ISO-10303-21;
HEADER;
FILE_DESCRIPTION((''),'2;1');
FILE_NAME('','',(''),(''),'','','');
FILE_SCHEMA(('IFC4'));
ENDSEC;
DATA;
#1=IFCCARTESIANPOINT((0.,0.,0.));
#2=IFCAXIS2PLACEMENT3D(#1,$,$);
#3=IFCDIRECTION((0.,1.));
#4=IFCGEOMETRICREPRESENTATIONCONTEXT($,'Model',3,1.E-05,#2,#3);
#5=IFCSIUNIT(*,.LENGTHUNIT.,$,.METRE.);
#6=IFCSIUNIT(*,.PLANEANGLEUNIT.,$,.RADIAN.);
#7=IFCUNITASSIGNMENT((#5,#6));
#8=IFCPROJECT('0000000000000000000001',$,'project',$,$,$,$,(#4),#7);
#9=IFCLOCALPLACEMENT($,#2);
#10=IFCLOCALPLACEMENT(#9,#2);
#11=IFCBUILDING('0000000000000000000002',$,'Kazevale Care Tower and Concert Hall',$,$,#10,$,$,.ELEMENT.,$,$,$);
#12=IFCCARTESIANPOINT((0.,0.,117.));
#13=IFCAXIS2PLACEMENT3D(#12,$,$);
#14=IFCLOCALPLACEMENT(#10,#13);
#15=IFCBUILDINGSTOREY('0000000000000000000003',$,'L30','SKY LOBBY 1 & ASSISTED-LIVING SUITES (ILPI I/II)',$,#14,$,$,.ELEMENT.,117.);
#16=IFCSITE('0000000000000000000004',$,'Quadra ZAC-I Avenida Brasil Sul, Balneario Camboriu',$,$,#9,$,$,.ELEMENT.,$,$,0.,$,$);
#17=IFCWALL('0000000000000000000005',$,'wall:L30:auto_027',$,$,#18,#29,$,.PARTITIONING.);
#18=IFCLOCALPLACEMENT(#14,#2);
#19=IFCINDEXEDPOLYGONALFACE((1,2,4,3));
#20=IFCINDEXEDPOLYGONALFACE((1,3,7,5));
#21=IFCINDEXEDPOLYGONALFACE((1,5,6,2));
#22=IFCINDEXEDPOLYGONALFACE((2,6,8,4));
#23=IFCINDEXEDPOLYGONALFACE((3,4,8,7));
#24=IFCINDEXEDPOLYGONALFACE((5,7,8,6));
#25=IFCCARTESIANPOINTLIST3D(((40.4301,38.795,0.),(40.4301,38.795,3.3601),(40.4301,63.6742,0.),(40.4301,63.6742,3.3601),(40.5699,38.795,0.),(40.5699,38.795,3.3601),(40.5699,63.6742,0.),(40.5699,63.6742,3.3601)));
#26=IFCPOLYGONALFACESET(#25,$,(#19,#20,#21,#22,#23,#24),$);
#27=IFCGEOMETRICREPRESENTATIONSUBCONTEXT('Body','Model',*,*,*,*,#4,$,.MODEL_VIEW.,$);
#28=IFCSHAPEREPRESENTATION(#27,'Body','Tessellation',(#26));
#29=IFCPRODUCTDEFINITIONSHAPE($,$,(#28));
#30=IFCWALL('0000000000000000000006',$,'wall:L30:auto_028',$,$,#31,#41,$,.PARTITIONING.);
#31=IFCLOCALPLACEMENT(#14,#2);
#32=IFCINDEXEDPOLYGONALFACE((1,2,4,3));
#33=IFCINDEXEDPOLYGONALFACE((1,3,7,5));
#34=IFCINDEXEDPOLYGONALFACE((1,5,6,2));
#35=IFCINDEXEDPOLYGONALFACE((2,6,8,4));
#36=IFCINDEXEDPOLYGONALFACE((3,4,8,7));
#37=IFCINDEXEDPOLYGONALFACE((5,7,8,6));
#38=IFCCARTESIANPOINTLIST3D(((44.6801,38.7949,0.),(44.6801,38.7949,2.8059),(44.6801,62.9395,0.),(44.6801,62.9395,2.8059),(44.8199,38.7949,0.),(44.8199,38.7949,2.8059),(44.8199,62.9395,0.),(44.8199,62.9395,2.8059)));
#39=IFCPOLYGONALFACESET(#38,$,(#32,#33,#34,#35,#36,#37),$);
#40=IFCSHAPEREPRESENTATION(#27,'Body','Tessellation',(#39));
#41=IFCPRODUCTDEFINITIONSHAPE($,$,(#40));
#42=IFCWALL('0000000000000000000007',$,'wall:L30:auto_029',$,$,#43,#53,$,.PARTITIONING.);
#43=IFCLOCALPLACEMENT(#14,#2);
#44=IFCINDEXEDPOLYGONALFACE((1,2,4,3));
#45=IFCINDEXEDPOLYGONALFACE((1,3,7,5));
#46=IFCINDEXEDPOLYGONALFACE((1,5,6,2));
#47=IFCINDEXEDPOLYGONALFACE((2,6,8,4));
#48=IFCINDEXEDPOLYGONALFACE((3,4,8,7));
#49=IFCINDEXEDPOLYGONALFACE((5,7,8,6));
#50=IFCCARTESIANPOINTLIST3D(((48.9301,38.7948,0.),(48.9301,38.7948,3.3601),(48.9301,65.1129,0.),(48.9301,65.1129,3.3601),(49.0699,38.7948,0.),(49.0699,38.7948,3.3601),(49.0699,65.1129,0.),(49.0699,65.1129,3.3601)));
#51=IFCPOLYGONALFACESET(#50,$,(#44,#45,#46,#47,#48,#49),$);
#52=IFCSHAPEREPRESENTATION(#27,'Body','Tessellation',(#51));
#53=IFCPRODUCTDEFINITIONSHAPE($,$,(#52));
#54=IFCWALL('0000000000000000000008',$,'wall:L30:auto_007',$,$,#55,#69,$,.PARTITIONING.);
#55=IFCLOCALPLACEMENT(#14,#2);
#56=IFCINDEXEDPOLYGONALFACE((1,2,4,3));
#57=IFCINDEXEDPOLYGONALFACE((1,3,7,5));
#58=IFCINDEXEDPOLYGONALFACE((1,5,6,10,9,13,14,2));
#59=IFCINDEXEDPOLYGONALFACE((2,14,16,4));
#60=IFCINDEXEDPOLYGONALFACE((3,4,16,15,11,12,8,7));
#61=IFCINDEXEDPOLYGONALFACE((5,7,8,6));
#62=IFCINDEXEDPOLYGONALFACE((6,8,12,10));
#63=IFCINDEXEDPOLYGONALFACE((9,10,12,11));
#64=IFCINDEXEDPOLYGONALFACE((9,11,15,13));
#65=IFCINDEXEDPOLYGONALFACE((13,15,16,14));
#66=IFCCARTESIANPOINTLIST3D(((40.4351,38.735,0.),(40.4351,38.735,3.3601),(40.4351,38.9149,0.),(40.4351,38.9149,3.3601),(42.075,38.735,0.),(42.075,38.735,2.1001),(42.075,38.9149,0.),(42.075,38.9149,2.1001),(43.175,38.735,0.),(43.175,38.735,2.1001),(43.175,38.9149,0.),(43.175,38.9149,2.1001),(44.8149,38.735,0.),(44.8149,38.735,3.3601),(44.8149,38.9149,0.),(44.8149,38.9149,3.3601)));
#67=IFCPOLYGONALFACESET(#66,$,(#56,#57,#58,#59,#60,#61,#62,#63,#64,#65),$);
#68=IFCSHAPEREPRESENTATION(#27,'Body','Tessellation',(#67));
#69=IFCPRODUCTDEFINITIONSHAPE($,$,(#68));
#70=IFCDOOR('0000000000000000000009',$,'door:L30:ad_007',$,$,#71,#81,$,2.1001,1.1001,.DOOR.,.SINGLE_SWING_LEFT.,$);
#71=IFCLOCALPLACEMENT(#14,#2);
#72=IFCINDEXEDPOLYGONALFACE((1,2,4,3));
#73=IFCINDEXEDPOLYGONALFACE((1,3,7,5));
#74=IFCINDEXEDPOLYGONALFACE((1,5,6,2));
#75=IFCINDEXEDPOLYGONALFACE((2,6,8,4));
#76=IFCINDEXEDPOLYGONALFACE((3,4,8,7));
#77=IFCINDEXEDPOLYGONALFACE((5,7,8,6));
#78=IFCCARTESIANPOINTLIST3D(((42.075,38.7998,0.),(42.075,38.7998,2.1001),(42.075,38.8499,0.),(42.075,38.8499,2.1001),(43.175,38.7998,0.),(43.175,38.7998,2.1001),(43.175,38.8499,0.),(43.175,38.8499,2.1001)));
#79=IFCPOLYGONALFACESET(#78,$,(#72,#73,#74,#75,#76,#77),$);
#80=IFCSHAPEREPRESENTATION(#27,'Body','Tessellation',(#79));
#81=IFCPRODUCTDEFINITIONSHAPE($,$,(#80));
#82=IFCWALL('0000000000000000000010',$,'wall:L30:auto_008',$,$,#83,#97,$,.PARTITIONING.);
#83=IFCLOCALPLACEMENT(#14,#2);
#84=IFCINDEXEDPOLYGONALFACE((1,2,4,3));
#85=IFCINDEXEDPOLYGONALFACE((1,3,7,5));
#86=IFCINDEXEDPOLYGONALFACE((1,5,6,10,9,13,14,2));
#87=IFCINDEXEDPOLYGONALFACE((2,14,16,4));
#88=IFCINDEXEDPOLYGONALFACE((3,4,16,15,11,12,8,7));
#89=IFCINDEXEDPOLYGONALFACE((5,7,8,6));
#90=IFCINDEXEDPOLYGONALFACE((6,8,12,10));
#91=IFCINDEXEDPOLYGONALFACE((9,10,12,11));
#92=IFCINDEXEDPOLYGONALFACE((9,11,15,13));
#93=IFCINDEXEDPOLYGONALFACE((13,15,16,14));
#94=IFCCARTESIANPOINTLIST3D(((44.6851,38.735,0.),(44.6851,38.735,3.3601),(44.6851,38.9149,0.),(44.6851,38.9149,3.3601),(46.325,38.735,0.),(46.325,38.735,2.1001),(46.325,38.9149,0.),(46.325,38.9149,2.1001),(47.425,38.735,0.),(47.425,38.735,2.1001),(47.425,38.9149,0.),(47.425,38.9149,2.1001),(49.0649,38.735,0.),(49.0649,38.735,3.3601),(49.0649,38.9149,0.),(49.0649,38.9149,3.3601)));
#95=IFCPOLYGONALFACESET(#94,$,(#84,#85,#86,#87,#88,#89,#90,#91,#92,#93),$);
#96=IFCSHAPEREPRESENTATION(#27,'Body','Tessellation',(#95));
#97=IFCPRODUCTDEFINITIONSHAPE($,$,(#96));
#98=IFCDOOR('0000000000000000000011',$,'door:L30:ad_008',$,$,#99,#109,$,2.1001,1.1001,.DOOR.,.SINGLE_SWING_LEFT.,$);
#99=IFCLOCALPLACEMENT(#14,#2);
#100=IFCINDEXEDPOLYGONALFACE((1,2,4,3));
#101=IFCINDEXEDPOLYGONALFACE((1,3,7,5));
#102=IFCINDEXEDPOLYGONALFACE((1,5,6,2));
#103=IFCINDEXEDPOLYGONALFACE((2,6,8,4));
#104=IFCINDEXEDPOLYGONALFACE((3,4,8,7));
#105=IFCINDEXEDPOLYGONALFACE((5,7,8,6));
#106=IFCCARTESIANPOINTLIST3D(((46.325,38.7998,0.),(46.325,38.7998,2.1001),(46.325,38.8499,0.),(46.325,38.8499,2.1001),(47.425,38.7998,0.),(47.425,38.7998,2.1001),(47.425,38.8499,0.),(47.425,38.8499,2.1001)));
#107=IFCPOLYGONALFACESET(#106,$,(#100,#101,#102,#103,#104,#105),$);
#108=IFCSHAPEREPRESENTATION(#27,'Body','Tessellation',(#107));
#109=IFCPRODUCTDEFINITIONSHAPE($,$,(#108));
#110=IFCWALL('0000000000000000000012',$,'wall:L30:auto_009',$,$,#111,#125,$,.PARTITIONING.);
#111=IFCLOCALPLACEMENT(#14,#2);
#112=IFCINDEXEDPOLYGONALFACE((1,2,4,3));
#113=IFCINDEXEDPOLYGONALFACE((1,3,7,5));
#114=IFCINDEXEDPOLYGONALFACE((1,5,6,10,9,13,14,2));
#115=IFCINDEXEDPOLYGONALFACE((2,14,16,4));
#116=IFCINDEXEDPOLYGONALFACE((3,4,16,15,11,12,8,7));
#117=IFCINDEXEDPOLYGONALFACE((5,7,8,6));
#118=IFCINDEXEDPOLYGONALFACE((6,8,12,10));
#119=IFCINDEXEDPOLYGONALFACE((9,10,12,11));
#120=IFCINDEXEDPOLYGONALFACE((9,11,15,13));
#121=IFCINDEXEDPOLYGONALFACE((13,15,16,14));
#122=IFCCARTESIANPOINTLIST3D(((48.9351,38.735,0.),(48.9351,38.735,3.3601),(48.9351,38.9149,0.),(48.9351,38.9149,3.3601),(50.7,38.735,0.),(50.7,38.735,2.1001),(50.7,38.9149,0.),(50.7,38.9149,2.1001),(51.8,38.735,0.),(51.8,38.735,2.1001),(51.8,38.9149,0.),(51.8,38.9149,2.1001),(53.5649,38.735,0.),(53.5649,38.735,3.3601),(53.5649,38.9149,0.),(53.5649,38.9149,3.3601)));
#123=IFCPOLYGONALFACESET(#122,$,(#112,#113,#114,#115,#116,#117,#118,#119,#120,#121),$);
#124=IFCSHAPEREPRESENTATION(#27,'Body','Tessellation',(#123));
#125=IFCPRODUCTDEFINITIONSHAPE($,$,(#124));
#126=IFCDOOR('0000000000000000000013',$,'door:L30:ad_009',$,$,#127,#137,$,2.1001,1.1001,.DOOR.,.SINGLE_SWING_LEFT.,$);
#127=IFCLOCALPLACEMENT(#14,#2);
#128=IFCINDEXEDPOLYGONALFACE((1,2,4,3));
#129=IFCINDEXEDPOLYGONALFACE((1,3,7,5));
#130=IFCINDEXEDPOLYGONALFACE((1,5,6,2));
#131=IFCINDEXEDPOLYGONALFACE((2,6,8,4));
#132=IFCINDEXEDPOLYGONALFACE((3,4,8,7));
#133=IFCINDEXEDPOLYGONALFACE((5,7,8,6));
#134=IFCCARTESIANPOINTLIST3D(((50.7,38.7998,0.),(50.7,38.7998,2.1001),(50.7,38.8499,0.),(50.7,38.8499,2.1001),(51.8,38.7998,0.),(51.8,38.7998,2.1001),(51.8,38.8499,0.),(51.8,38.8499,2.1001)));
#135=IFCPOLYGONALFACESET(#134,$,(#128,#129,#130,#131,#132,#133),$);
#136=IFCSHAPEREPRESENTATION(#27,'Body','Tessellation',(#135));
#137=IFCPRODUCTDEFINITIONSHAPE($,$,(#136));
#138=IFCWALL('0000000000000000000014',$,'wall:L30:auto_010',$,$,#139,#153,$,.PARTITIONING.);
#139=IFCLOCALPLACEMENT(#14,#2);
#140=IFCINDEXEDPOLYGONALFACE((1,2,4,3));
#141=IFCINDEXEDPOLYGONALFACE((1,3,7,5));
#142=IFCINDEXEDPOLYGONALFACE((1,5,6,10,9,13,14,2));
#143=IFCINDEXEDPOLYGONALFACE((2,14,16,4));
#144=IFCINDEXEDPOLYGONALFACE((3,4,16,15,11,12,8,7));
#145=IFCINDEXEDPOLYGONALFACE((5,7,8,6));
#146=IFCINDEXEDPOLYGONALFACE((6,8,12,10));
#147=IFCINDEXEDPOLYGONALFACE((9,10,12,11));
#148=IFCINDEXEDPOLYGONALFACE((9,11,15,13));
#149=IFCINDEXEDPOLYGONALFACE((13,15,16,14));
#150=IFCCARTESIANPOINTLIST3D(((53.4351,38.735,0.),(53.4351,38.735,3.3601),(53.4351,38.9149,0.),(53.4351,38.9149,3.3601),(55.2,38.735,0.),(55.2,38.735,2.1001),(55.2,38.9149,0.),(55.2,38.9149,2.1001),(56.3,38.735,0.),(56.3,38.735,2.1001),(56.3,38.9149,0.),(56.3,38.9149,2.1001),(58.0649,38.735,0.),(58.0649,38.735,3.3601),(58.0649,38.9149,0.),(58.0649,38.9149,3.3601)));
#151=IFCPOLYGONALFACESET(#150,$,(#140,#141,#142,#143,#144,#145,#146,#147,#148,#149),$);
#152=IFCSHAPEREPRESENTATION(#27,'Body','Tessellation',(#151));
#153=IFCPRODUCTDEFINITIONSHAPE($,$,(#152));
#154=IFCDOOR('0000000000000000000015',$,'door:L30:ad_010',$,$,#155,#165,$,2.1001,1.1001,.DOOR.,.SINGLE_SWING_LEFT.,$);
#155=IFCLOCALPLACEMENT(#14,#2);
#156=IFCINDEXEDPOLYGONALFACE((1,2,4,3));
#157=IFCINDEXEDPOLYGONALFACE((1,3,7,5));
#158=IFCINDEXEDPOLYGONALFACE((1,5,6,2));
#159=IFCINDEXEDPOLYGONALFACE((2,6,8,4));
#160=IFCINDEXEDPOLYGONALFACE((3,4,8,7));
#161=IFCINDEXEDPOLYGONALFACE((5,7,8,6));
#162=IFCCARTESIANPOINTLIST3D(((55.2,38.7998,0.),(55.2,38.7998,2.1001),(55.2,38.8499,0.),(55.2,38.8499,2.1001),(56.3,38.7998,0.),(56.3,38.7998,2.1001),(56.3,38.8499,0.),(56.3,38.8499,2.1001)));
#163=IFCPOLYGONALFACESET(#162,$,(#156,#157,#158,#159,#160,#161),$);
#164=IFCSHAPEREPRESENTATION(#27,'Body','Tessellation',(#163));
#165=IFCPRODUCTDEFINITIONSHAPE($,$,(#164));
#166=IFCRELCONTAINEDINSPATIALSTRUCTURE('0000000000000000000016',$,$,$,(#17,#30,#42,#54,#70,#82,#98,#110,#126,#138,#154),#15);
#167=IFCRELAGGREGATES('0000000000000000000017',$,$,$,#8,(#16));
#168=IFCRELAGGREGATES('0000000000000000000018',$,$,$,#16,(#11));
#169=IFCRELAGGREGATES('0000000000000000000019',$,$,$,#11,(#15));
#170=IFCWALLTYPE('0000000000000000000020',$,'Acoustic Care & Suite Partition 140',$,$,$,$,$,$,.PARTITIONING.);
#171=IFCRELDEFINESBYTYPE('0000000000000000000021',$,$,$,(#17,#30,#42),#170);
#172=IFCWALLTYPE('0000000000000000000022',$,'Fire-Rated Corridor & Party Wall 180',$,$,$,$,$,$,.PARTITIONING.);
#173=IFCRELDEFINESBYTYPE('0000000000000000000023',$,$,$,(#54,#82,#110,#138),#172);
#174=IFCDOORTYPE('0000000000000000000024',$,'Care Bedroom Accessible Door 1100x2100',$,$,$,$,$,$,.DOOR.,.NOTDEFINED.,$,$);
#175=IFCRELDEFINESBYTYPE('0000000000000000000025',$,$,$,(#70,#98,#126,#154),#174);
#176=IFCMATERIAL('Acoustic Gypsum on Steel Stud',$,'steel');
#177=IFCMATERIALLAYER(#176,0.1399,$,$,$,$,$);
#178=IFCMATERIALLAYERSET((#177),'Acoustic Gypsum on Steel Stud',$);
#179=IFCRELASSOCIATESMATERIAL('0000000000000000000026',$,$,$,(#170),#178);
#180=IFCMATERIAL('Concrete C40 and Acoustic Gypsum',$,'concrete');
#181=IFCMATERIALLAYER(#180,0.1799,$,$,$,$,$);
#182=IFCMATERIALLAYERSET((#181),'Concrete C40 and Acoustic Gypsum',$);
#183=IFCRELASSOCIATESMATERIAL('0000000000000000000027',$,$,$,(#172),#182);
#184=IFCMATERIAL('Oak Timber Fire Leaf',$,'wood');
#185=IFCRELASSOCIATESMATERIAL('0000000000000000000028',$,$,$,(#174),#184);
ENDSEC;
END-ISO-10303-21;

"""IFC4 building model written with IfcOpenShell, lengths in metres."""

from ifc_helpers import new_model, si_unit, direction, frame, frame_2d, origin, place, context, subcontext, project, spatial, rectangle, extrude, material, layer, layer_set, type_object, element, fill, save


model = new_model("IFC4")

# Units and contexts
model_context = context("Model", 3, precision=1e-05, world=origin(), true_north=direction((0.0, 1.0)))
body_context = subcontext(model_context, "Body", "Model", "MODEL_VIEW")
ifc_project = project(units=[si_unit("LENGTHUNIT", "METRE"), si_unit("PLANEANGLEUNIT", "RADIAN")], contexts=[model_context])

# Site, building, storey
site_placement = place(None, origin())
site = spatial("IfcSite", under=ifc_project, at=site_placement, Name="Quadra ZAC-I Avenida Brasil Sul, Balneario Camboriu", CompositionType="ELEMENT", RefElevation=0.0)
building_placement = place(site_placement, origin())
building = spatial("IfcBuilding", under=site, at=building_placement, Name="Kazevale Care Tower and Concert Hall", CompositionType="ELEMENT")
storey_placement = place(building_placement, frame((0.0, 0.0, 117.0)))
storey = spatial("IfcBuildingStorey", under=building, at=storey_placement, Name="L30", Description="SKY LOBBY 1 & ASSISTED-LIVING SUITES (ILPI I/II)", CompositionType="ELEMENT", Elevation=117.0)

# Walls
ifc_material_1 = material(Name="Acoustic Gypsum on Steel Stud", Category="steel")
ifc_layer_1 = layer(ifc_material_1, 0.1399)
ifc_layer_set_1 = layer_set([ifc_layer_1], Name="Acoustic Gypsum on Steel Stud")
wall_type_1 = type_object("IfcWallType", Name="Acoustic Care & Suite Partition 140", PredefinedType="PARTITIONING", material=ifc_layer_set_1)
wall_1_placement = place(storey_placement, frame((40.5, 63.6741, 0.0), z_axis=(0.0, 0.0, 1.0), x_axis=(0.0, -1.0, 0.0)))
element("IfcWall", 1, at=wall_1_placement, inside=storey, type_object=wall_type_1, Name="wall:L30:auto_027", PredefinedType="PARTITIONING", context=body_context, shape_type="SweptSolid", body=[
    extrude(rectangle(XDim=24.8792, YDim=0.1399, at=frame_2d((12.4395, 0.0))), origin(), (0.0, 0.0, 1.0), 3.3601),
])
wall_2_placement = place(storey_placement, frame((44.75, 62.9395, 0.0), z_axis=(0.0, 0.0, 1.0), x_axis=(0.0, -1.0, 0.0)))
element("IfcWall", 2, at=wall_2_placement, inside=storey, type_object=wall_type_1, Name="wall:L30:auto_028", PredefinedType="PARTITIONING", context=body_context, shape_type="SweptSolid", body=[
    extrude(rectangle(XDim=24.1445, YDim=0.1399, at=frame_2d((12.0723, 0.0))), origin(), (0.0, 0.0, 1.0), 2.8059),
])
wall_3_placement = place(storey_placement, frame((49.0, 65.113, 0.0), z_axis=(0.0, 0.0, 1.0), x_axis=(0.0, -1.0, 0.0)))
element("IfcWall", 3, at=wall_3_placement, inside=storey, type_object=wall_type_1, Name="wall:L30:auto_029", PredefinedType="PARTITIONING", context=body_context, shape_type="SweptSolid", body=[
    extrude(rectangle(XDim=26.3181, YDim=0.1399, at=frame_2d((13.1592, 0.0))), origin(), (0.0, 0.0, 1.0), 3.3601),
])

# Walls, openings, doors
ifc_material_2 = material(Name="Concrete C40 and Acoustic Gypsum", Category="concrete")
ifc_layer_2 = layer(ifc_material_2, 0.1799)
ifc_layer_set_2 = layer_set([ifc_layer_2], Name="Concrete C40 and Acoustic Gypsum")
wall_type_2 = type_object("IfcWallType", Name="Fire-Rated Corridor & Party Wall 180", PredefinedType="PARTITIONING", material=ifc_layer_set_2)
wall_4_placement = place(storey_placement, frame((40.4351, 38.825, 0.0), z_axis=(0.0, 0.0, 1.0), x_axis=(1.0, 0.0, 0.0)))
wall_4 = element("IfcWall", 4, at=wall_4_placement, inside=storey, type_object=wall_type_2, Name="wall:L30:auto_007", PredefinedType="PARTITIONING", context=body_context, shape_type="SweptSolid", body=[
    extrude(rectangle(XDim=4.3799, YDim=0.1799, at=frame_2d((2.1899, 0.0))), origin(), (0.0, 0.0, 1.0), 3.3601),
])
opening_1_placement = place(wall_4_placement, frame((1.6399, 0.0, 0.0)))
opening_1 = element("IfcOpeningElement", 5, at=opening_1_placement, cuts=wall_4, PredefinedType="OPENING", context=body_context, shape_type="SweptSolid", body=[
    extrude(rectangle(XDim=1.1001, YDim=2.1001, at=frame_2d((0.55, 1.05))), frame((0.0, 0.0999, 0.0), z_axis=(0.0, -1.0, 0.0), x_axis=(1.0, 0.0, 0.0)), (0.0, 0.0, 1.0), 0.2),
])
ifc_material_3 = material(Name="Oak Timber Fire Leaf", Category="wood")
door_type = type_object("IfcDoorType", Name="Care Bedroom Accessible Door 1100x2100", OperationType="NOTDEFINED", PredefinedType="DOOR", material=ifc_material_3)
door_1_placement = place(opening_1_placement, origin())
door_1 = element("IfcDoor", 6, at=door_1_placement, inside=storey, type_object=door_type, Name="door:L30:ad_007", OperationType="SINGLE_SWING_LEFT", OverallHeight=2.1001, OverallWidth=1.1001, PredefinedType="DOOR", context=body_context, shape_type="SweptSolid", body=[
    extrude(rectangle(XDim=1.1001, YDim=2.1001, at=frame_2d((0.55, 1.05))), frame((0.0, 0.0249, 0.0), z_axis=(0.0, -1.0, 0.0), x_axis=(1.0, 0.0, 0.0)), (0.0, 0.0, 1.0), 0.05),
])
fill(opening_1, door_1)
wall_5_placement = place(storey_placement, frame((44.6851, 38.825, 0.0), z_axis=(0.0, 0.0, 1.0), x_axis=(1.0, 0.0, 0.0)))
wall_5 = element("IfcWall", 7, at=wall_5_placement, inside=storey, type_object=wall_type_2, Name="wall:L30:auto_008", PredefinedType="PARTITIONING", context=body_context, shape_type="SweptSolid", body=[
    extrude(rectangle(XDim=4.3799, YDim=0.1799, at=frame_2d((2.1899, 0.0))), origin(), (0.0, 0.0, 1.0), 3.3601),
])
opening_2_placement = place(wall_5_placement, frame((1.6399, 0.0, 0.0)))
opening_2 = element("IfcOpeningElement", 8, at=opening_2_placement, cuts=wall_5, PredefinedType="OPENING", context=body_context, shape_type="SweptSolid", body=[
    extrude(rectangle(XDim=1.1001, YDim=2.1001, at=frame_2d((0.55, 1.05))), frame((0.0, 0.0999, 0.0), z_axis=(0.0, -1.0, 0.0), x_axis=(1.0, 0.0, 0.0)), (0.0, 0.0, 1.0), 0.2),
])
door_2_placement = place(opening_2_placement, origin())
door_2 = element("IfcDoor", 9, at=door_2_placement, inside=storey, type_object=door_type, Name="door:L30:ad_008", OperationType="SINGLE_SWING_LEFT", OverallHeight=2.1001, OverallWidth=1.1001, PredefinedType="DOOR", context=body_context, shape_type="SweptSolid", body=[
    extrude(rectangle(XDim=1.1001, YDim=2.1001, at=frame_2d((0.55, 1.05))), frame((0.0, 0.0249, 0.0), z_axis=(0.0, -1.0, 0.0), x_axis=(1.0, 0.0, 0.0)), (0.0, 0.0, 1.0), 0.05),
])
fill(opening_2, door_2)
wall_6_placement = place(storey_placement, frame((48.9351, 38.825, 0.0), z_axis=(0.0, 0.0, 1.0), x_axis=(1.0, 0.0, 0.0)))
wall_6 = element("IfcWall", 10, at=wall_6_placement, inside=storey, type_object=wall_type_2, Name="wall:L30:auto_009", PredefinedType="PARTITIONING", context=body_context, shape_type="SweptSolid", body=[
    extrude(rectangle(XDim=4.6299, YDim=0.1799, at=frame_2d((2.3149, 0.0))), origin(), (0.0, 0.0, 1.0), 3.3601),
])
opening_3_placement = place(wall_6_placement, frame((1.7649, 0.0, 0.0)))
opening_3 = element("IfcOpeningElement", 11, at=opening_3_placement, cuts=wall_6, PredefinedType="OPENING", context=body_context, shape_type="SweptSolid", body=[
    extrude(rectangle(XDim=1.1001, YDim=2.1001, at=frame_2d((0.55, 1.05))), frame((0.0, 0.0999, 0.0), z_axis=(0.0, -1.0, 0.0), x_axis=(1.0, 0.0, 0.0)), (0.0, 0.0, 1.0), 0.2),
])
door_3_placement = place(opening_3_placement, origin())
door_3 = element("IfcDoor", 12, at=door_3_placement, inside=storey, type_object=door_type, Name="door:L30:ad_009", OperationType="SINGLE_SWING_LEFT", OverallHeight=2.1001, OverallWidth=1.1001, PredefinedType="DOOR", context=body_context, shape_type="SweptSolid", body=[
    extrude(rectangle(XDim=1.1001, YDim=2.1001, at=frame_2d((0.55, 1.05))), frame((0.0, 0.0249, 0.0), z_axis=(0.0, -1.0, 0.0), x_axis=(1.0, 0.0, 0.0)), (0.0, 0.0, 1.0), 0.05),
])
fill(opening_3, door_3)
wall_7_placement = place(storey_placement, frame((53.4351, 38.825, 0.0), z_axis=(0.0, 0.0, 1.0), x_axis=(1.0, 0.0, 0.0)))
wall_7 = element("IfcWall", 13, at=wall_7_placement, inside=storey, type_object=wall_type_2, Name="wall:L30:auto_010", PredefinedType="PARTITIONING", context=body_context, shape_type="SweptSolid", body=[
    extrude(rectangle(XDim=4.6299, YDim=0.1799, at=frame_2d((2.3149, 0.0))), origin(), (0.0, 0.0, 1.0), 3.3601),
])
opening_4_placement = place(wall_7_placement, frame((1.7649, 0.0, 0.0)))
opening_4 = element("IfcOpeningElement", 14, at=opening_4_placement, cuts=wall_7, PredefinedType="OPENING", context=body_context, shape_type="SweptSolid", body=[
    extrude(rectangle(XDim=1.1001, YDim=2.1001, at=frame_2d((0.55, 1.05))), frame((0.0, 0.0999, 0.0), z_axis=(0.0, -1.0, 0.0), x_axis=(1.0, 0.0, 0.0)), (0.0, 0.0, 1.0), 0.2),
])
door_4_placement = place(opening_4_placement, origin())
door_4 = element("IfcDoor", 15, at=door_4_placement, inside=storey, type_object=door_type, Name="door:L30:ad_010", OperationType="SINGLE_SWING_LEFT", OverallHeight=2.1001, OverallWidth=1.1001, PredefinedType="DOOR", context=body_context, shape_type="SweptSolid", body=[
    extrude(rectangle(XDim=1.1001, YDim=2.1001, at=frame_2d((0.55, 1.05))), frame((0.0, 0.0249, 0.0), z_axis=(0.0, -1.0, 0.0), x_axis=(1.0, 0.0, 0.0)), (0.0, 0.0, 1.0), 0.05),
])
fill(opening_4, door_4)

save(model, "model.ifc")
